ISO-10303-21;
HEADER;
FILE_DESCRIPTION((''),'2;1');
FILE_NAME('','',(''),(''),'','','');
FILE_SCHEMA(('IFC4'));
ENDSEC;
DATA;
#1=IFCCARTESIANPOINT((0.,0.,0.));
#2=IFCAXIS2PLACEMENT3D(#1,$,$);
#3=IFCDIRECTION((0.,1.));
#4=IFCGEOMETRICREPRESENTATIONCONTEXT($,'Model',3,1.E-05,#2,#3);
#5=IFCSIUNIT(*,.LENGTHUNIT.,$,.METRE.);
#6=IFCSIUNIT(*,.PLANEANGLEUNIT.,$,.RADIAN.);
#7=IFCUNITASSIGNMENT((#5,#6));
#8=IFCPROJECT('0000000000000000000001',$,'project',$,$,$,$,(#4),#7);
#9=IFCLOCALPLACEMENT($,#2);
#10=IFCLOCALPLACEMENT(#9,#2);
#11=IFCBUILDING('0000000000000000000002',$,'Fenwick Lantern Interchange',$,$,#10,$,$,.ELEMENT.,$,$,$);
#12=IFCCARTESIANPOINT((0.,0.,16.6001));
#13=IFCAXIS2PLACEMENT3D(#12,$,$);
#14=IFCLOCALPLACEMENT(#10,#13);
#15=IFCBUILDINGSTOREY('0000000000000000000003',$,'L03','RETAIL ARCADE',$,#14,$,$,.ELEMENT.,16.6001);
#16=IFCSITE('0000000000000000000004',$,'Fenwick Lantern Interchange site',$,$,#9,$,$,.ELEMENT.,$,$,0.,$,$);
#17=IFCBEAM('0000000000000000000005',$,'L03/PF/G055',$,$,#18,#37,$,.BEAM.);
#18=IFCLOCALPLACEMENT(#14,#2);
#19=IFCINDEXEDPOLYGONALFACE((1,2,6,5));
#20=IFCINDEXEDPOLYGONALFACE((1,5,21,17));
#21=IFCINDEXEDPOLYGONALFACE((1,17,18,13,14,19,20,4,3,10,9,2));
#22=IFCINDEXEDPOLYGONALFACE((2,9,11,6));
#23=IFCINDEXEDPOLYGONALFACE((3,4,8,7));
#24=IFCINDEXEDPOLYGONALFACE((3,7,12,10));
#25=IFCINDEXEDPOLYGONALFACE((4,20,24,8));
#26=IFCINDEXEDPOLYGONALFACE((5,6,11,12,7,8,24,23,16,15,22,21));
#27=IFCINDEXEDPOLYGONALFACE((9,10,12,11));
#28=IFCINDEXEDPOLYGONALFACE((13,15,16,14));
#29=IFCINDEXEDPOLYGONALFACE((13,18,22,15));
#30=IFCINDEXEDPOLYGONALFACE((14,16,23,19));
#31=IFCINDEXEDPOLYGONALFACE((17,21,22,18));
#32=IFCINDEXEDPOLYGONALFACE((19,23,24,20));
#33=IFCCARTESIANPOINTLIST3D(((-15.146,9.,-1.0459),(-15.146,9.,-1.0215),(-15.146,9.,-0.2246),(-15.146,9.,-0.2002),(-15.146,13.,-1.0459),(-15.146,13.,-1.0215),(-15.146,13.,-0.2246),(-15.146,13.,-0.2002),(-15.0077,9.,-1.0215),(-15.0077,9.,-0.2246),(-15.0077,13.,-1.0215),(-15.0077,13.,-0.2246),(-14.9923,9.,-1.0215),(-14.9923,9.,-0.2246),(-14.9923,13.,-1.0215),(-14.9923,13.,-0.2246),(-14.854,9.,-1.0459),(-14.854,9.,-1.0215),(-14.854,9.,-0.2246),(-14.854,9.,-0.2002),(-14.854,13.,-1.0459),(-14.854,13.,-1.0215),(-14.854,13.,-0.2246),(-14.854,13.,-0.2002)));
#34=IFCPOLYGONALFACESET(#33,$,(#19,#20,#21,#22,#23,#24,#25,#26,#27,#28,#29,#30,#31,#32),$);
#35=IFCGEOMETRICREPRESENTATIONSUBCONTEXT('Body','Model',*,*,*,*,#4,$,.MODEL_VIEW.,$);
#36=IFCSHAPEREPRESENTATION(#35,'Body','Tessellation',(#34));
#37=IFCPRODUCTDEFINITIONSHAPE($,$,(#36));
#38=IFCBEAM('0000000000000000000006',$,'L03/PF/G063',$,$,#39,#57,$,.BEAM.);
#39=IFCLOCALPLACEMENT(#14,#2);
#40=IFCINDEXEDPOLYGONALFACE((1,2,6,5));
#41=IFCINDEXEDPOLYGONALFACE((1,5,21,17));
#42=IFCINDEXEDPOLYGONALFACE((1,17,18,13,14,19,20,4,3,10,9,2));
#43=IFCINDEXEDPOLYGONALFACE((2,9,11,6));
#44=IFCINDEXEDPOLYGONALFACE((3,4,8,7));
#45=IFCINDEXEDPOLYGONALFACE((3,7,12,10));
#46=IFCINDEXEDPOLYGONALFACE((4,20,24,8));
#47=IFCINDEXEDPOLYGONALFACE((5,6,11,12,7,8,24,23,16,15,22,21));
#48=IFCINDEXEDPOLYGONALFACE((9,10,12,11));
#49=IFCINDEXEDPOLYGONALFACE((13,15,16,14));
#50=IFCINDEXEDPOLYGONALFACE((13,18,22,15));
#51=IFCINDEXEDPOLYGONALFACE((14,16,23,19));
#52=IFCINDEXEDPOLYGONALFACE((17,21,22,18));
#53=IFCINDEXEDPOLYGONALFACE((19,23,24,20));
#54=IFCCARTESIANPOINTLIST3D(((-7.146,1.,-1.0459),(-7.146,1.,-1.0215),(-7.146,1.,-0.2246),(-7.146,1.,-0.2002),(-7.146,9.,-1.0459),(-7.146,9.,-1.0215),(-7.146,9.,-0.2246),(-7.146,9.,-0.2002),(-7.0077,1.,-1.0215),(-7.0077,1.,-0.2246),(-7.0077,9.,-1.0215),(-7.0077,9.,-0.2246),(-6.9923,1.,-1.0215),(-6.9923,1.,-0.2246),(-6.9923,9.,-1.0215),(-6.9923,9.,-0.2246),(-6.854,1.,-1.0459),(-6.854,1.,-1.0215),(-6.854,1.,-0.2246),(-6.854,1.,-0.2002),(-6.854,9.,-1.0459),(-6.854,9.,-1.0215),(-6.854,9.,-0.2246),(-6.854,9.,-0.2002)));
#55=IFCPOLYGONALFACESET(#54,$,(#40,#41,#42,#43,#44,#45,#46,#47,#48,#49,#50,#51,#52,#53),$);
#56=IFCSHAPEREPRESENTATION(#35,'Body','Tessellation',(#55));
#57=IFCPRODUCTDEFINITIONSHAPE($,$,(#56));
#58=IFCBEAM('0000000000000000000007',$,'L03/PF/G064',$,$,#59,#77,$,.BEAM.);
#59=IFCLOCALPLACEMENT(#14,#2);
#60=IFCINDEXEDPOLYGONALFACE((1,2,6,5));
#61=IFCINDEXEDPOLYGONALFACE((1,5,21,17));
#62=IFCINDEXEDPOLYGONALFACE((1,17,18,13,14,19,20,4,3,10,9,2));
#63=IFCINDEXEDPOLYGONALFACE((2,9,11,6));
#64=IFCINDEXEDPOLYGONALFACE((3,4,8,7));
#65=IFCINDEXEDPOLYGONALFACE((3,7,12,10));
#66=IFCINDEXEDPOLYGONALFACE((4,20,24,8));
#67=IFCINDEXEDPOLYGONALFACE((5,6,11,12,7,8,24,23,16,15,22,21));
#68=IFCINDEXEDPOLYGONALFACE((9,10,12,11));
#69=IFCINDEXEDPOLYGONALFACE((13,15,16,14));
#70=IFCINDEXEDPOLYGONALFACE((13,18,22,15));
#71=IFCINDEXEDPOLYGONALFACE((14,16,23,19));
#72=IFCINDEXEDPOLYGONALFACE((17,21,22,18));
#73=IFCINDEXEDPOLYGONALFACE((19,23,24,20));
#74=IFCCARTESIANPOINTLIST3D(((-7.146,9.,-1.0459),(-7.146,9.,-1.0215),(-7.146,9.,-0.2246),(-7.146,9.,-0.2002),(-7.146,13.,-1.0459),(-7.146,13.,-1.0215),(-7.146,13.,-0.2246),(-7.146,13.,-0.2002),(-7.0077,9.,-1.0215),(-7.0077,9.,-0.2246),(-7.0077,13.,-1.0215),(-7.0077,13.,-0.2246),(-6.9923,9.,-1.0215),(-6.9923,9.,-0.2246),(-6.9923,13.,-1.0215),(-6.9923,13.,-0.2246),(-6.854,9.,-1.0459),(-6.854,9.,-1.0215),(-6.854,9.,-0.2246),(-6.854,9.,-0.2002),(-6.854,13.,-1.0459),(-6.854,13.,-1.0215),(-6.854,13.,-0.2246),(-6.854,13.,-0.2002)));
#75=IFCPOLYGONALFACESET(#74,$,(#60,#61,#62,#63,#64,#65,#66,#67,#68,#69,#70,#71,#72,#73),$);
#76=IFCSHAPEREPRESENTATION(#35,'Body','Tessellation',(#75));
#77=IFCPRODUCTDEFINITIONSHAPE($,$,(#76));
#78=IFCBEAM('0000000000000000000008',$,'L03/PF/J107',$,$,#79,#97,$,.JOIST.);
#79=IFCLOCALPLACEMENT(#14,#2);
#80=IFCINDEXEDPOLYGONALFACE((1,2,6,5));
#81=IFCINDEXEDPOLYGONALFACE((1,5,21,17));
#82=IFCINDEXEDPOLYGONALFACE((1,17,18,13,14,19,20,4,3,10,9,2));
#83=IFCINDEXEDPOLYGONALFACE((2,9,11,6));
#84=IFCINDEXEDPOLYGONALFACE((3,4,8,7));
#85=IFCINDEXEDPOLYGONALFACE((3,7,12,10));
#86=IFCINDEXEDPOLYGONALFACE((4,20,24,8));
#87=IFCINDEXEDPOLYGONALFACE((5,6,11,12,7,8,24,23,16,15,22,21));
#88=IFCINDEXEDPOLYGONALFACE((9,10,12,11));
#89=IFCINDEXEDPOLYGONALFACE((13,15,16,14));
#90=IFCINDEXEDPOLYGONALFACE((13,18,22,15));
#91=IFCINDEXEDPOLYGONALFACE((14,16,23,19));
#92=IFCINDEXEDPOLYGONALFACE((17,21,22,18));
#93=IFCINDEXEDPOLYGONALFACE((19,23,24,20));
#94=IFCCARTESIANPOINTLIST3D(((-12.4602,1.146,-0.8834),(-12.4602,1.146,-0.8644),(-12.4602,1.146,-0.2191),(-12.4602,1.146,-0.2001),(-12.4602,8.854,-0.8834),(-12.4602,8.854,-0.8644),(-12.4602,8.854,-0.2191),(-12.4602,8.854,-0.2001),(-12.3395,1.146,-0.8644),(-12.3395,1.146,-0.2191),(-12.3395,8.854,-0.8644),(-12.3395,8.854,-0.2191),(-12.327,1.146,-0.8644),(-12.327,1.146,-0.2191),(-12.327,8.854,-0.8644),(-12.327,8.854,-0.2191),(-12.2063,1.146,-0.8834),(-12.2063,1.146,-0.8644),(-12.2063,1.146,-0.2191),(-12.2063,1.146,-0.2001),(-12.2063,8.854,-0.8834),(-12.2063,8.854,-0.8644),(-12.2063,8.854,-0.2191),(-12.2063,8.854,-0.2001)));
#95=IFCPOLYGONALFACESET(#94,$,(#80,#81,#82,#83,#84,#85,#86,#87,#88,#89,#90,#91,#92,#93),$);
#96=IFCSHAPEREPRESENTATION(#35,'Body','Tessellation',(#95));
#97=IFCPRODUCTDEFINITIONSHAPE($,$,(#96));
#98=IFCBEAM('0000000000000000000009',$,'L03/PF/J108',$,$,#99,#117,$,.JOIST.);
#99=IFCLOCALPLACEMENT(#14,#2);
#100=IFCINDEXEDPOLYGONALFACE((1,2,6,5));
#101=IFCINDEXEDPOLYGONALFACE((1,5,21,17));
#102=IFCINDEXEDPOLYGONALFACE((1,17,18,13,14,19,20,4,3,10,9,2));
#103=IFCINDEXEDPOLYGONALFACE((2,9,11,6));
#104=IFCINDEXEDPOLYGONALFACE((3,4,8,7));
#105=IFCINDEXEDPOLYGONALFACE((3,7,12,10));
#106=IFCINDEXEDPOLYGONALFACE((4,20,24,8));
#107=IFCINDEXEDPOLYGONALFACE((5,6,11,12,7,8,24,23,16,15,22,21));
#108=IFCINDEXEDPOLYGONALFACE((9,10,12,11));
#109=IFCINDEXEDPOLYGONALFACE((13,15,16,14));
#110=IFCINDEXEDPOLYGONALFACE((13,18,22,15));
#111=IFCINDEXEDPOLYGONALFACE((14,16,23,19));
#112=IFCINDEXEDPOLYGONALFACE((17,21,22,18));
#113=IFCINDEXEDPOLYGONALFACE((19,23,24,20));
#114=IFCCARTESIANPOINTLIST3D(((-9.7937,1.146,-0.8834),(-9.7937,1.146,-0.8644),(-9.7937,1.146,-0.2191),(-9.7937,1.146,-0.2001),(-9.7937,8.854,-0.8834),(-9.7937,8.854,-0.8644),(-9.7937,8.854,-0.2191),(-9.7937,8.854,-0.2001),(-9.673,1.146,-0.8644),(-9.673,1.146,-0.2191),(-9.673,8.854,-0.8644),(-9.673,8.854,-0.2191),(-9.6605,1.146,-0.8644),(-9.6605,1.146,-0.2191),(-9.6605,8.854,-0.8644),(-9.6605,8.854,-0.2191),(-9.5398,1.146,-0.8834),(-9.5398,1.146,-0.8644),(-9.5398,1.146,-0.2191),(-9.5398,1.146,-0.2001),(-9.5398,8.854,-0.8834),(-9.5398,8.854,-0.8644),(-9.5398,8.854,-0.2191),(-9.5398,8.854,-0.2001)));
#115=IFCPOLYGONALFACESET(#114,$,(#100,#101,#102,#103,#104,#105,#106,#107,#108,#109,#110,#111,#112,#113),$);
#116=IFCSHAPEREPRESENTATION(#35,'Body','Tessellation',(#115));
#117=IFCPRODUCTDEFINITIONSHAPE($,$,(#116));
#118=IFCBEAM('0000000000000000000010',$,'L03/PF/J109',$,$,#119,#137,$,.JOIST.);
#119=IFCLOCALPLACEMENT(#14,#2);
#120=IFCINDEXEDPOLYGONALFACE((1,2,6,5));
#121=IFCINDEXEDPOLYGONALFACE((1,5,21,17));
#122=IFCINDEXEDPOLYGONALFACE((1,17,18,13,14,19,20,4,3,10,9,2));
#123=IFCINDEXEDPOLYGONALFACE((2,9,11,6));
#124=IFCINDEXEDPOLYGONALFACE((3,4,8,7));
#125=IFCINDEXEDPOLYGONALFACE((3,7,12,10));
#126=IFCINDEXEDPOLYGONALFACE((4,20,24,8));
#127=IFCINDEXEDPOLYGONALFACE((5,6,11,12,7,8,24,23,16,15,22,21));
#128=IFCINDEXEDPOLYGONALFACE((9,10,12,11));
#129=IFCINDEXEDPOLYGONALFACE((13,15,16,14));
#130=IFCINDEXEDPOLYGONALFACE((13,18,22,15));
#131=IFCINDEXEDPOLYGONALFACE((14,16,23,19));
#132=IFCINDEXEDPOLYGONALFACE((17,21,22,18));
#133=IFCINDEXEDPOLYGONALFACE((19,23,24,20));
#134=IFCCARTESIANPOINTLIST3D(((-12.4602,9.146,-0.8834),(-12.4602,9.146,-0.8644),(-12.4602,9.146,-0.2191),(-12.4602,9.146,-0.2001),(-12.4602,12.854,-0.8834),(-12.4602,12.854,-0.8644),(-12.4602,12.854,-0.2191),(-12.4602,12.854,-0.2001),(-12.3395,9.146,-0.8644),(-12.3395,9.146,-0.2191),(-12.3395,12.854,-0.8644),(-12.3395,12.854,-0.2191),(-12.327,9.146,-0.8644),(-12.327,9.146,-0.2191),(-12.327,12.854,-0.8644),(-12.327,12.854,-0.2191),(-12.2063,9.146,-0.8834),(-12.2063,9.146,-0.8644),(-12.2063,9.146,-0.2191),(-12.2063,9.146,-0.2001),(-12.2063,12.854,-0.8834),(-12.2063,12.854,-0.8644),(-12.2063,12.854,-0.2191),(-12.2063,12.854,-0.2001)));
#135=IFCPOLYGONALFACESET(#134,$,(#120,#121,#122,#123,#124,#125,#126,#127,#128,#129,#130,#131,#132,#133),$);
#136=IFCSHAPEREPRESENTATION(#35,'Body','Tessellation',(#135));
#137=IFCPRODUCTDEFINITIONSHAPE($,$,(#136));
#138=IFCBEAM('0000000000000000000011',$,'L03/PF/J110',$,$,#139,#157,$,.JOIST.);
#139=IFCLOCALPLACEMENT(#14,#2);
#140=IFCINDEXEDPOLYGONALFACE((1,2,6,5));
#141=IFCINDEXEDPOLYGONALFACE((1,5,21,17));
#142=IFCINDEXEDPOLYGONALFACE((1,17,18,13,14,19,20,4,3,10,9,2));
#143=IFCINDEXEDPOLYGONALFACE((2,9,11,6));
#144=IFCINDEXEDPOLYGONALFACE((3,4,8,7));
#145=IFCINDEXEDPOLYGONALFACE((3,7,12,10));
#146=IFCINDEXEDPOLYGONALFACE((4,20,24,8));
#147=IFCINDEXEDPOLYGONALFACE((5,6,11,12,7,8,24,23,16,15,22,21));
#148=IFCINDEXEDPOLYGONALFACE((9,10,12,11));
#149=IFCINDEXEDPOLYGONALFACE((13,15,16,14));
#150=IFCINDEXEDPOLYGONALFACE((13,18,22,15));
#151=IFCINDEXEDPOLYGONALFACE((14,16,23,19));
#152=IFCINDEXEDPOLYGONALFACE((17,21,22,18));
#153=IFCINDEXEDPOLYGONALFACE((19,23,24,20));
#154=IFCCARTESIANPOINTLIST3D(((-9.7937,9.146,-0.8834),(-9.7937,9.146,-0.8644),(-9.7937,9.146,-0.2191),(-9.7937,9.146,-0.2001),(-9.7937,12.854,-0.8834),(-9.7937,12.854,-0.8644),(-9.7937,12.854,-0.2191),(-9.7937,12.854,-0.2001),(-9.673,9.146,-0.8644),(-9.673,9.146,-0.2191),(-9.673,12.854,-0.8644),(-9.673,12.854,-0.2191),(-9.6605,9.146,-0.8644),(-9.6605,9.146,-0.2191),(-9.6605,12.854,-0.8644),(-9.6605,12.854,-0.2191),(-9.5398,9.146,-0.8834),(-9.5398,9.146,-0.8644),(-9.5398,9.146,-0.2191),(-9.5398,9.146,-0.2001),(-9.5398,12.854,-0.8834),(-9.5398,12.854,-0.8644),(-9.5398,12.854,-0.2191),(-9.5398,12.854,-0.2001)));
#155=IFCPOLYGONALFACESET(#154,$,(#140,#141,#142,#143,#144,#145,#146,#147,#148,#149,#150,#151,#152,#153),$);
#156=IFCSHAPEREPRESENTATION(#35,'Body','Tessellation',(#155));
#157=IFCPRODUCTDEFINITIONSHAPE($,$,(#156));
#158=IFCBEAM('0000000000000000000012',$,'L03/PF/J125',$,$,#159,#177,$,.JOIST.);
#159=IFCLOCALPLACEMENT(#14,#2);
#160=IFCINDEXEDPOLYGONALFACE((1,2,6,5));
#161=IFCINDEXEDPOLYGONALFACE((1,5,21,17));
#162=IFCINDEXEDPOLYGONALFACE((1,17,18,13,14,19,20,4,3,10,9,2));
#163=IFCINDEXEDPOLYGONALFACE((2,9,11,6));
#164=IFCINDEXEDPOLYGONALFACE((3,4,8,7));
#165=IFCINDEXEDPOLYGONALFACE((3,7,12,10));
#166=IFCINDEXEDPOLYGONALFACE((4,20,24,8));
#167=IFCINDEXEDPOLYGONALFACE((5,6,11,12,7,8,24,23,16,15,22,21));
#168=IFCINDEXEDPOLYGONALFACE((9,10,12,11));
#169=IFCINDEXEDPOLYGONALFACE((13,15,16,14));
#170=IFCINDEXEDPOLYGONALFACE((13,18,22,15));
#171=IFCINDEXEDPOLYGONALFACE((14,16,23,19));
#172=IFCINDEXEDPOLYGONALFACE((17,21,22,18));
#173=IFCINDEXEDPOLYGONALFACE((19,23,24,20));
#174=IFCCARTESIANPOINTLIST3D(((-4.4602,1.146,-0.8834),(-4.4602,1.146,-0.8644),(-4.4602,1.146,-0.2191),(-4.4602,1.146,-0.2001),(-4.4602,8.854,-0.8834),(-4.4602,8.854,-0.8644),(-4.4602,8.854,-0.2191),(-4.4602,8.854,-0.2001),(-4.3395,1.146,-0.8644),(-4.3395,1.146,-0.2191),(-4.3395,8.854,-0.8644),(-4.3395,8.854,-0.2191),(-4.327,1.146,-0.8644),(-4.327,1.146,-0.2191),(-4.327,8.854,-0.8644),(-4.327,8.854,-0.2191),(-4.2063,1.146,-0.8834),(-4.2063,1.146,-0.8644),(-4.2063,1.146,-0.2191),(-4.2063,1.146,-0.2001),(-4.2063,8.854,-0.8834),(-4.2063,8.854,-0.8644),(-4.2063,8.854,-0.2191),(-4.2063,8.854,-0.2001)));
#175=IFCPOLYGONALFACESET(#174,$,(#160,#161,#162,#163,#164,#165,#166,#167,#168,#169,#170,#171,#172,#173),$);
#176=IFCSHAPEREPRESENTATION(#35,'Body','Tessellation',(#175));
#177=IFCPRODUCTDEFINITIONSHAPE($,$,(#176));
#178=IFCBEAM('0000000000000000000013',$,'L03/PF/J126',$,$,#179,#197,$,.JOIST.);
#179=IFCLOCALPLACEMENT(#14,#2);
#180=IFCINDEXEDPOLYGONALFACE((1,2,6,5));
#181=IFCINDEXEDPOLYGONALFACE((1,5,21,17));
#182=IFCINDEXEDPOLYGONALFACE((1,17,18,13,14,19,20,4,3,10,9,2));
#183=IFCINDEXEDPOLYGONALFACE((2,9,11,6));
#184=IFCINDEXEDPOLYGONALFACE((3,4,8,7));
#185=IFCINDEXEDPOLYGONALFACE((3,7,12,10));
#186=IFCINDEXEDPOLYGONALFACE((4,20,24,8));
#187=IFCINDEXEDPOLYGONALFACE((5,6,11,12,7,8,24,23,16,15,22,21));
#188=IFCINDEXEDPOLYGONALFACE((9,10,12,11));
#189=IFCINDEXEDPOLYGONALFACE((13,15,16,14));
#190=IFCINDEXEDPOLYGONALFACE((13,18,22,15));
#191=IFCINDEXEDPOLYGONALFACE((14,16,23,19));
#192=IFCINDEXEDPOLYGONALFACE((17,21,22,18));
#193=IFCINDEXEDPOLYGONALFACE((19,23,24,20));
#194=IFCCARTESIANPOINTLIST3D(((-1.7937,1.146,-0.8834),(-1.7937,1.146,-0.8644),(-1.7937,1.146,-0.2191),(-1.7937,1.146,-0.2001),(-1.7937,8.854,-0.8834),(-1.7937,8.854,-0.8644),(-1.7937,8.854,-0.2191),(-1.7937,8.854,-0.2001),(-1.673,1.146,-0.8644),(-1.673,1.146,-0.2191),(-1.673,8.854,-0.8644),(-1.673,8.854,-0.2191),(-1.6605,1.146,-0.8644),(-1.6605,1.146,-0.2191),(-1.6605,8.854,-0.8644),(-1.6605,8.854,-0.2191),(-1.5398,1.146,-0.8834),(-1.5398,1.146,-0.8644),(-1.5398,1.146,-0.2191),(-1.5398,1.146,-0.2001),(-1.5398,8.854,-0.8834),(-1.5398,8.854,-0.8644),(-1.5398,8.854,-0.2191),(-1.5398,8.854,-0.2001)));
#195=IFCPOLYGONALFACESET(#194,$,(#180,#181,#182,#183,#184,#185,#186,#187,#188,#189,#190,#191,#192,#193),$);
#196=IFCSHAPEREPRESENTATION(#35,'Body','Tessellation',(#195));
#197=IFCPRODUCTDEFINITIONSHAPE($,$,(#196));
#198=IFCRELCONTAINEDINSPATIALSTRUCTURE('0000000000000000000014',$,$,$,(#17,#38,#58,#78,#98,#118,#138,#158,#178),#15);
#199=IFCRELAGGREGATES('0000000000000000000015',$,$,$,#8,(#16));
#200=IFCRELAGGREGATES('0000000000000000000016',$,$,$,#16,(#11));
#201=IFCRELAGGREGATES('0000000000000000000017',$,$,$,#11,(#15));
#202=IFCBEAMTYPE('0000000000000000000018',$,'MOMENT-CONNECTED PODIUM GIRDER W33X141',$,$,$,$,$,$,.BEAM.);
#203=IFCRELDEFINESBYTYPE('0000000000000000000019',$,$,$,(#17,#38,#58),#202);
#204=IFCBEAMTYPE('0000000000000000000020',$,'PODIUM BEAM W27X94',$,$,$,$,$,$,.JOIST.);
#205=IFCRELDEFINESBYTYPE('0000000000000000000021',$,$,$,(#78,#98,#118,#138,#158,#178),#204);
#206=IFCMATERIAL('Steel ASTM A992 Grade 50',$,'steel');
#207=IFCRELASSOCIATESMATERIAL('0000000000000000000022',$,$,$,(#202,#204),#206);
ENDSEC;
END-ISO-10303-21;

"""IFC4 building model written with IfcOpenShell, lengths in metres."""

from ifc_helpers import new_model, si_unit, direction, frame, origin, origin_2d, place, context, subcontext, project, spatial, i_section, extrude, material, material_profile, profile_set, type_object, element, save


model = new_model("IFC4")

# Units and contexts
model_context = context("Model", 3, precision=1e-05, world=origin(), true_north=direction((0.0, 1.0)))
body_context = subcontext(model_context, "Body", "Model", "MODEL_VIEW")
ifc_project = project(units=[si_unit("LENGTHUNIT", "METRE"), si_unit("PLANEANGLEUNIT", "RADIAN")], contexts=[model_context])

# Site, building, storey
site_placement = place(None, origin())
site = spatial("IfcSite", under=ifc_project, at=site_placement, Name="Fenwick Lantern Interchange site", CompositionType="ELEMENT", RefElevation=0.0)
building_placement = place(site_placement, origin())
building = spatial("IfcBuilding", under=site, at=building_placement, Name="Fenwick Lantern Interchange", CompositionType="ELEMENT")
storey_placement = place(building_placement, frame((0.0, 0.0, 16.6001)))
storey = spatial("IfcBuildingStorey", under=building, at=storey_placement, Name="L03", Description="RETAIL ARCADE", CompositionType="ELEMENT", Elevation=16.6001)

# Shared definitions
ifc_material_1 = material(Name="Steel ASTM A992 Grade 50", Category="steel")

# Beams
ifc_material_profile_1 = material_profile(ifc_material_1, i_section(OverallWidth=0.292, OverallDepth=0.8457, WebThickness=0.0154, FlangeThickness=0.0244, at=origin_2d()), Name="W33X141")
ifc_profile_set_1 = profile_set([ifc_material_profile_1], Name="Steel ASTM A992 Grade 50")
beam_type_1 = type_object("IfcBeamType", Name="MOMENT-CONNECTED PODIUM GIRDER W33X141", PredefinedType="BEAM", material=ifc_profile_set_1)
beam_1_placement = place(storey_placement, frame((-15.0, 9.0, -0.623), z_axis=(0.0, 1.0, 0.0), x_axis=(-1.0, 0.0, 0.0)))
element("IfcBeam", 1, at=beam_1_placement, inside=storey, type_object=beam_type_1, Name="L03/PF/G055", PredefinedType="BEAM", context=body_context, shape_type="SweptSolid", body=[
    extrude(i_section(OverallWidth=0.292, OverallDepth=0.8457, WebThickness=0.0154, FlangeThickness=0.0244, at=origin_2d()), origin(), (0.0, 0.0, 1.0), 4.0),
])
beam_2_placement = place(storey_placement, frame((-7.0, 1.0, -0.623), z_axis=(0.0, 1.0, 0.0), x_axis=(-1.0, 0.0, 0.0)))
element("IfcBeam", 2, at=beam_2_placement, inside=storey, type_object=beam_type_1, Name="L03/PF/G063", PredefinedType="BEAM", context=body_context, shape_type="SweptSolid", body=[
    extrude(i_section(OverallWidth=0.292, OverallDepth=0.8457, WebThickness=0.0154, FlangeThickness=0.0244, at=origin_2d()), origin(), (0.0, 0.0, 1.0), 8.0),
])
beam_3_placement = place(storey_placement, frame((-7.0, 9.0, -0.623), z_axis=(0.0, 1.0, 0.0), x_axis=(-1.0, 0.0, 0.0)))
element("IfcBeam", 3, at=beam_3_placement, inside=storey, type_object=beam_type_1, Name="L03/PF/G064", PredefinedType="BEAM", context=body_context, shape_type="SweptSolid", body=[
    extrude(i_section(OverallWidth=0.292, OverallDepth=0.8457, WebThickness=0.0154, FlangeThickness=0.0244, at=origin_2d()), origin(), (0.0, 0.0, 1.0), 4.0),
])
ifc_material_profile_2 = material_profile(ifc_material_1, i_section(OverallWidth=0.2539, OverallDepth=0.6833, WebThickness=0.0125, FlangeThickness=0.019, at=origin_2d()), Name="W27X94")
ifc_profile_set_2 = profile_set([ifc_material_profile_2], Name="Steel ASTM A992 Grade 50")
beam_type_2 = type_object("IfcBeamType", Name="PODIUM BEAM W27X94", PredefinedType="JOIST", material=ifc_profile_set_2)
for number, where, z_axis, x_axis, name in (
    (4, (-12.3333, 1.146, -0.5417), (0.0, 1.0, 0.0), (-1.0, 0.0, 0.0), "L03/PF/J107"),
    (5, (-9.6667, 1.146, -0.5417), (0.0, 1.0, 0.0), (-1.0, 0.0, 0.0), "L03/PF/J108"),
):
    element("IfcBeam", number, at=place(storey_placement, frame(where, z_axis=z_axis, x_axis=x_axis)), inside=storey, type_object=beam_type_2, Name=name, PredefinedType="JOIST", context=body_context, shape_type="SweptSolid", body=[
        extrude(i_section(OverallWidth=0.2539, OverallDepth=0.6833, WebThickness=0.0125, FlangeThickness=0.019, at=origin_2d()), origin(), (0.0, 0.0, 1.0), 7.708),
    ])
for number, where, z_axis, x_axis, name in (
    (6, (-12.3333, 9.146, -0.5417), (0.0, 1.0, 0.0), (-1.0, 0.0, 0.0), "L03/PF/J109"),
    (7, (-9.6667, 9.146, -0.5417), (0.0, 1.0, 0.0), (-1.0, 0.0, 0.0), "L03/PF/J110"),
):
    element("IfcBeam", number, at=place(storey_placement, frame(where, z_axis=z_axis, x_axis=x_axis)), inside=storey, type_object=beam_type_2, Name=name, PredefinedType="JOIST", context=body_context, shape_type="SweptSolid", body=[
        extrude(i_section(OverallWidth=0.2539, OverallDepth=0.6833, WebThickness=0.0125, FlangeThickness=0.019, at=origin_2d()), origin(), (0.0, 0.0, 1.0), 3.708),
    ])
for number, where, z_axis, x_axis, name in (
    (8, (-4.3333, 1.146, -0.5417), (0.0, 1.0, 0.0), (-1.0, 0.0, 0.0), "L03/PF/J125"),
    (9, (-1.6667, 1.146, -0.5417), (0.0, 1.0, 0.0), (-1.0, 0.0, 0.0), "L03/PF/J126"),
):
    element("IfcBeam", number, at=place(storey_placement, frame(where, z_axis=z_axis, x_axis=x_axis)), inside=storey, type_object=beam_type_2, Name=name, PredefinedType="JOIST", context=body_context, shape_type="SweptSolid", body=[
        extrude(i_section(OverallWidth=0.2539, OverallDepth=0.6833, WebThickness=0.0125, FlangeThickness=0.019, at=origin_2d()), origin(), (0.0, 0.0, 1.0), 7.708),
    ])

save(model, "model.ifc")
